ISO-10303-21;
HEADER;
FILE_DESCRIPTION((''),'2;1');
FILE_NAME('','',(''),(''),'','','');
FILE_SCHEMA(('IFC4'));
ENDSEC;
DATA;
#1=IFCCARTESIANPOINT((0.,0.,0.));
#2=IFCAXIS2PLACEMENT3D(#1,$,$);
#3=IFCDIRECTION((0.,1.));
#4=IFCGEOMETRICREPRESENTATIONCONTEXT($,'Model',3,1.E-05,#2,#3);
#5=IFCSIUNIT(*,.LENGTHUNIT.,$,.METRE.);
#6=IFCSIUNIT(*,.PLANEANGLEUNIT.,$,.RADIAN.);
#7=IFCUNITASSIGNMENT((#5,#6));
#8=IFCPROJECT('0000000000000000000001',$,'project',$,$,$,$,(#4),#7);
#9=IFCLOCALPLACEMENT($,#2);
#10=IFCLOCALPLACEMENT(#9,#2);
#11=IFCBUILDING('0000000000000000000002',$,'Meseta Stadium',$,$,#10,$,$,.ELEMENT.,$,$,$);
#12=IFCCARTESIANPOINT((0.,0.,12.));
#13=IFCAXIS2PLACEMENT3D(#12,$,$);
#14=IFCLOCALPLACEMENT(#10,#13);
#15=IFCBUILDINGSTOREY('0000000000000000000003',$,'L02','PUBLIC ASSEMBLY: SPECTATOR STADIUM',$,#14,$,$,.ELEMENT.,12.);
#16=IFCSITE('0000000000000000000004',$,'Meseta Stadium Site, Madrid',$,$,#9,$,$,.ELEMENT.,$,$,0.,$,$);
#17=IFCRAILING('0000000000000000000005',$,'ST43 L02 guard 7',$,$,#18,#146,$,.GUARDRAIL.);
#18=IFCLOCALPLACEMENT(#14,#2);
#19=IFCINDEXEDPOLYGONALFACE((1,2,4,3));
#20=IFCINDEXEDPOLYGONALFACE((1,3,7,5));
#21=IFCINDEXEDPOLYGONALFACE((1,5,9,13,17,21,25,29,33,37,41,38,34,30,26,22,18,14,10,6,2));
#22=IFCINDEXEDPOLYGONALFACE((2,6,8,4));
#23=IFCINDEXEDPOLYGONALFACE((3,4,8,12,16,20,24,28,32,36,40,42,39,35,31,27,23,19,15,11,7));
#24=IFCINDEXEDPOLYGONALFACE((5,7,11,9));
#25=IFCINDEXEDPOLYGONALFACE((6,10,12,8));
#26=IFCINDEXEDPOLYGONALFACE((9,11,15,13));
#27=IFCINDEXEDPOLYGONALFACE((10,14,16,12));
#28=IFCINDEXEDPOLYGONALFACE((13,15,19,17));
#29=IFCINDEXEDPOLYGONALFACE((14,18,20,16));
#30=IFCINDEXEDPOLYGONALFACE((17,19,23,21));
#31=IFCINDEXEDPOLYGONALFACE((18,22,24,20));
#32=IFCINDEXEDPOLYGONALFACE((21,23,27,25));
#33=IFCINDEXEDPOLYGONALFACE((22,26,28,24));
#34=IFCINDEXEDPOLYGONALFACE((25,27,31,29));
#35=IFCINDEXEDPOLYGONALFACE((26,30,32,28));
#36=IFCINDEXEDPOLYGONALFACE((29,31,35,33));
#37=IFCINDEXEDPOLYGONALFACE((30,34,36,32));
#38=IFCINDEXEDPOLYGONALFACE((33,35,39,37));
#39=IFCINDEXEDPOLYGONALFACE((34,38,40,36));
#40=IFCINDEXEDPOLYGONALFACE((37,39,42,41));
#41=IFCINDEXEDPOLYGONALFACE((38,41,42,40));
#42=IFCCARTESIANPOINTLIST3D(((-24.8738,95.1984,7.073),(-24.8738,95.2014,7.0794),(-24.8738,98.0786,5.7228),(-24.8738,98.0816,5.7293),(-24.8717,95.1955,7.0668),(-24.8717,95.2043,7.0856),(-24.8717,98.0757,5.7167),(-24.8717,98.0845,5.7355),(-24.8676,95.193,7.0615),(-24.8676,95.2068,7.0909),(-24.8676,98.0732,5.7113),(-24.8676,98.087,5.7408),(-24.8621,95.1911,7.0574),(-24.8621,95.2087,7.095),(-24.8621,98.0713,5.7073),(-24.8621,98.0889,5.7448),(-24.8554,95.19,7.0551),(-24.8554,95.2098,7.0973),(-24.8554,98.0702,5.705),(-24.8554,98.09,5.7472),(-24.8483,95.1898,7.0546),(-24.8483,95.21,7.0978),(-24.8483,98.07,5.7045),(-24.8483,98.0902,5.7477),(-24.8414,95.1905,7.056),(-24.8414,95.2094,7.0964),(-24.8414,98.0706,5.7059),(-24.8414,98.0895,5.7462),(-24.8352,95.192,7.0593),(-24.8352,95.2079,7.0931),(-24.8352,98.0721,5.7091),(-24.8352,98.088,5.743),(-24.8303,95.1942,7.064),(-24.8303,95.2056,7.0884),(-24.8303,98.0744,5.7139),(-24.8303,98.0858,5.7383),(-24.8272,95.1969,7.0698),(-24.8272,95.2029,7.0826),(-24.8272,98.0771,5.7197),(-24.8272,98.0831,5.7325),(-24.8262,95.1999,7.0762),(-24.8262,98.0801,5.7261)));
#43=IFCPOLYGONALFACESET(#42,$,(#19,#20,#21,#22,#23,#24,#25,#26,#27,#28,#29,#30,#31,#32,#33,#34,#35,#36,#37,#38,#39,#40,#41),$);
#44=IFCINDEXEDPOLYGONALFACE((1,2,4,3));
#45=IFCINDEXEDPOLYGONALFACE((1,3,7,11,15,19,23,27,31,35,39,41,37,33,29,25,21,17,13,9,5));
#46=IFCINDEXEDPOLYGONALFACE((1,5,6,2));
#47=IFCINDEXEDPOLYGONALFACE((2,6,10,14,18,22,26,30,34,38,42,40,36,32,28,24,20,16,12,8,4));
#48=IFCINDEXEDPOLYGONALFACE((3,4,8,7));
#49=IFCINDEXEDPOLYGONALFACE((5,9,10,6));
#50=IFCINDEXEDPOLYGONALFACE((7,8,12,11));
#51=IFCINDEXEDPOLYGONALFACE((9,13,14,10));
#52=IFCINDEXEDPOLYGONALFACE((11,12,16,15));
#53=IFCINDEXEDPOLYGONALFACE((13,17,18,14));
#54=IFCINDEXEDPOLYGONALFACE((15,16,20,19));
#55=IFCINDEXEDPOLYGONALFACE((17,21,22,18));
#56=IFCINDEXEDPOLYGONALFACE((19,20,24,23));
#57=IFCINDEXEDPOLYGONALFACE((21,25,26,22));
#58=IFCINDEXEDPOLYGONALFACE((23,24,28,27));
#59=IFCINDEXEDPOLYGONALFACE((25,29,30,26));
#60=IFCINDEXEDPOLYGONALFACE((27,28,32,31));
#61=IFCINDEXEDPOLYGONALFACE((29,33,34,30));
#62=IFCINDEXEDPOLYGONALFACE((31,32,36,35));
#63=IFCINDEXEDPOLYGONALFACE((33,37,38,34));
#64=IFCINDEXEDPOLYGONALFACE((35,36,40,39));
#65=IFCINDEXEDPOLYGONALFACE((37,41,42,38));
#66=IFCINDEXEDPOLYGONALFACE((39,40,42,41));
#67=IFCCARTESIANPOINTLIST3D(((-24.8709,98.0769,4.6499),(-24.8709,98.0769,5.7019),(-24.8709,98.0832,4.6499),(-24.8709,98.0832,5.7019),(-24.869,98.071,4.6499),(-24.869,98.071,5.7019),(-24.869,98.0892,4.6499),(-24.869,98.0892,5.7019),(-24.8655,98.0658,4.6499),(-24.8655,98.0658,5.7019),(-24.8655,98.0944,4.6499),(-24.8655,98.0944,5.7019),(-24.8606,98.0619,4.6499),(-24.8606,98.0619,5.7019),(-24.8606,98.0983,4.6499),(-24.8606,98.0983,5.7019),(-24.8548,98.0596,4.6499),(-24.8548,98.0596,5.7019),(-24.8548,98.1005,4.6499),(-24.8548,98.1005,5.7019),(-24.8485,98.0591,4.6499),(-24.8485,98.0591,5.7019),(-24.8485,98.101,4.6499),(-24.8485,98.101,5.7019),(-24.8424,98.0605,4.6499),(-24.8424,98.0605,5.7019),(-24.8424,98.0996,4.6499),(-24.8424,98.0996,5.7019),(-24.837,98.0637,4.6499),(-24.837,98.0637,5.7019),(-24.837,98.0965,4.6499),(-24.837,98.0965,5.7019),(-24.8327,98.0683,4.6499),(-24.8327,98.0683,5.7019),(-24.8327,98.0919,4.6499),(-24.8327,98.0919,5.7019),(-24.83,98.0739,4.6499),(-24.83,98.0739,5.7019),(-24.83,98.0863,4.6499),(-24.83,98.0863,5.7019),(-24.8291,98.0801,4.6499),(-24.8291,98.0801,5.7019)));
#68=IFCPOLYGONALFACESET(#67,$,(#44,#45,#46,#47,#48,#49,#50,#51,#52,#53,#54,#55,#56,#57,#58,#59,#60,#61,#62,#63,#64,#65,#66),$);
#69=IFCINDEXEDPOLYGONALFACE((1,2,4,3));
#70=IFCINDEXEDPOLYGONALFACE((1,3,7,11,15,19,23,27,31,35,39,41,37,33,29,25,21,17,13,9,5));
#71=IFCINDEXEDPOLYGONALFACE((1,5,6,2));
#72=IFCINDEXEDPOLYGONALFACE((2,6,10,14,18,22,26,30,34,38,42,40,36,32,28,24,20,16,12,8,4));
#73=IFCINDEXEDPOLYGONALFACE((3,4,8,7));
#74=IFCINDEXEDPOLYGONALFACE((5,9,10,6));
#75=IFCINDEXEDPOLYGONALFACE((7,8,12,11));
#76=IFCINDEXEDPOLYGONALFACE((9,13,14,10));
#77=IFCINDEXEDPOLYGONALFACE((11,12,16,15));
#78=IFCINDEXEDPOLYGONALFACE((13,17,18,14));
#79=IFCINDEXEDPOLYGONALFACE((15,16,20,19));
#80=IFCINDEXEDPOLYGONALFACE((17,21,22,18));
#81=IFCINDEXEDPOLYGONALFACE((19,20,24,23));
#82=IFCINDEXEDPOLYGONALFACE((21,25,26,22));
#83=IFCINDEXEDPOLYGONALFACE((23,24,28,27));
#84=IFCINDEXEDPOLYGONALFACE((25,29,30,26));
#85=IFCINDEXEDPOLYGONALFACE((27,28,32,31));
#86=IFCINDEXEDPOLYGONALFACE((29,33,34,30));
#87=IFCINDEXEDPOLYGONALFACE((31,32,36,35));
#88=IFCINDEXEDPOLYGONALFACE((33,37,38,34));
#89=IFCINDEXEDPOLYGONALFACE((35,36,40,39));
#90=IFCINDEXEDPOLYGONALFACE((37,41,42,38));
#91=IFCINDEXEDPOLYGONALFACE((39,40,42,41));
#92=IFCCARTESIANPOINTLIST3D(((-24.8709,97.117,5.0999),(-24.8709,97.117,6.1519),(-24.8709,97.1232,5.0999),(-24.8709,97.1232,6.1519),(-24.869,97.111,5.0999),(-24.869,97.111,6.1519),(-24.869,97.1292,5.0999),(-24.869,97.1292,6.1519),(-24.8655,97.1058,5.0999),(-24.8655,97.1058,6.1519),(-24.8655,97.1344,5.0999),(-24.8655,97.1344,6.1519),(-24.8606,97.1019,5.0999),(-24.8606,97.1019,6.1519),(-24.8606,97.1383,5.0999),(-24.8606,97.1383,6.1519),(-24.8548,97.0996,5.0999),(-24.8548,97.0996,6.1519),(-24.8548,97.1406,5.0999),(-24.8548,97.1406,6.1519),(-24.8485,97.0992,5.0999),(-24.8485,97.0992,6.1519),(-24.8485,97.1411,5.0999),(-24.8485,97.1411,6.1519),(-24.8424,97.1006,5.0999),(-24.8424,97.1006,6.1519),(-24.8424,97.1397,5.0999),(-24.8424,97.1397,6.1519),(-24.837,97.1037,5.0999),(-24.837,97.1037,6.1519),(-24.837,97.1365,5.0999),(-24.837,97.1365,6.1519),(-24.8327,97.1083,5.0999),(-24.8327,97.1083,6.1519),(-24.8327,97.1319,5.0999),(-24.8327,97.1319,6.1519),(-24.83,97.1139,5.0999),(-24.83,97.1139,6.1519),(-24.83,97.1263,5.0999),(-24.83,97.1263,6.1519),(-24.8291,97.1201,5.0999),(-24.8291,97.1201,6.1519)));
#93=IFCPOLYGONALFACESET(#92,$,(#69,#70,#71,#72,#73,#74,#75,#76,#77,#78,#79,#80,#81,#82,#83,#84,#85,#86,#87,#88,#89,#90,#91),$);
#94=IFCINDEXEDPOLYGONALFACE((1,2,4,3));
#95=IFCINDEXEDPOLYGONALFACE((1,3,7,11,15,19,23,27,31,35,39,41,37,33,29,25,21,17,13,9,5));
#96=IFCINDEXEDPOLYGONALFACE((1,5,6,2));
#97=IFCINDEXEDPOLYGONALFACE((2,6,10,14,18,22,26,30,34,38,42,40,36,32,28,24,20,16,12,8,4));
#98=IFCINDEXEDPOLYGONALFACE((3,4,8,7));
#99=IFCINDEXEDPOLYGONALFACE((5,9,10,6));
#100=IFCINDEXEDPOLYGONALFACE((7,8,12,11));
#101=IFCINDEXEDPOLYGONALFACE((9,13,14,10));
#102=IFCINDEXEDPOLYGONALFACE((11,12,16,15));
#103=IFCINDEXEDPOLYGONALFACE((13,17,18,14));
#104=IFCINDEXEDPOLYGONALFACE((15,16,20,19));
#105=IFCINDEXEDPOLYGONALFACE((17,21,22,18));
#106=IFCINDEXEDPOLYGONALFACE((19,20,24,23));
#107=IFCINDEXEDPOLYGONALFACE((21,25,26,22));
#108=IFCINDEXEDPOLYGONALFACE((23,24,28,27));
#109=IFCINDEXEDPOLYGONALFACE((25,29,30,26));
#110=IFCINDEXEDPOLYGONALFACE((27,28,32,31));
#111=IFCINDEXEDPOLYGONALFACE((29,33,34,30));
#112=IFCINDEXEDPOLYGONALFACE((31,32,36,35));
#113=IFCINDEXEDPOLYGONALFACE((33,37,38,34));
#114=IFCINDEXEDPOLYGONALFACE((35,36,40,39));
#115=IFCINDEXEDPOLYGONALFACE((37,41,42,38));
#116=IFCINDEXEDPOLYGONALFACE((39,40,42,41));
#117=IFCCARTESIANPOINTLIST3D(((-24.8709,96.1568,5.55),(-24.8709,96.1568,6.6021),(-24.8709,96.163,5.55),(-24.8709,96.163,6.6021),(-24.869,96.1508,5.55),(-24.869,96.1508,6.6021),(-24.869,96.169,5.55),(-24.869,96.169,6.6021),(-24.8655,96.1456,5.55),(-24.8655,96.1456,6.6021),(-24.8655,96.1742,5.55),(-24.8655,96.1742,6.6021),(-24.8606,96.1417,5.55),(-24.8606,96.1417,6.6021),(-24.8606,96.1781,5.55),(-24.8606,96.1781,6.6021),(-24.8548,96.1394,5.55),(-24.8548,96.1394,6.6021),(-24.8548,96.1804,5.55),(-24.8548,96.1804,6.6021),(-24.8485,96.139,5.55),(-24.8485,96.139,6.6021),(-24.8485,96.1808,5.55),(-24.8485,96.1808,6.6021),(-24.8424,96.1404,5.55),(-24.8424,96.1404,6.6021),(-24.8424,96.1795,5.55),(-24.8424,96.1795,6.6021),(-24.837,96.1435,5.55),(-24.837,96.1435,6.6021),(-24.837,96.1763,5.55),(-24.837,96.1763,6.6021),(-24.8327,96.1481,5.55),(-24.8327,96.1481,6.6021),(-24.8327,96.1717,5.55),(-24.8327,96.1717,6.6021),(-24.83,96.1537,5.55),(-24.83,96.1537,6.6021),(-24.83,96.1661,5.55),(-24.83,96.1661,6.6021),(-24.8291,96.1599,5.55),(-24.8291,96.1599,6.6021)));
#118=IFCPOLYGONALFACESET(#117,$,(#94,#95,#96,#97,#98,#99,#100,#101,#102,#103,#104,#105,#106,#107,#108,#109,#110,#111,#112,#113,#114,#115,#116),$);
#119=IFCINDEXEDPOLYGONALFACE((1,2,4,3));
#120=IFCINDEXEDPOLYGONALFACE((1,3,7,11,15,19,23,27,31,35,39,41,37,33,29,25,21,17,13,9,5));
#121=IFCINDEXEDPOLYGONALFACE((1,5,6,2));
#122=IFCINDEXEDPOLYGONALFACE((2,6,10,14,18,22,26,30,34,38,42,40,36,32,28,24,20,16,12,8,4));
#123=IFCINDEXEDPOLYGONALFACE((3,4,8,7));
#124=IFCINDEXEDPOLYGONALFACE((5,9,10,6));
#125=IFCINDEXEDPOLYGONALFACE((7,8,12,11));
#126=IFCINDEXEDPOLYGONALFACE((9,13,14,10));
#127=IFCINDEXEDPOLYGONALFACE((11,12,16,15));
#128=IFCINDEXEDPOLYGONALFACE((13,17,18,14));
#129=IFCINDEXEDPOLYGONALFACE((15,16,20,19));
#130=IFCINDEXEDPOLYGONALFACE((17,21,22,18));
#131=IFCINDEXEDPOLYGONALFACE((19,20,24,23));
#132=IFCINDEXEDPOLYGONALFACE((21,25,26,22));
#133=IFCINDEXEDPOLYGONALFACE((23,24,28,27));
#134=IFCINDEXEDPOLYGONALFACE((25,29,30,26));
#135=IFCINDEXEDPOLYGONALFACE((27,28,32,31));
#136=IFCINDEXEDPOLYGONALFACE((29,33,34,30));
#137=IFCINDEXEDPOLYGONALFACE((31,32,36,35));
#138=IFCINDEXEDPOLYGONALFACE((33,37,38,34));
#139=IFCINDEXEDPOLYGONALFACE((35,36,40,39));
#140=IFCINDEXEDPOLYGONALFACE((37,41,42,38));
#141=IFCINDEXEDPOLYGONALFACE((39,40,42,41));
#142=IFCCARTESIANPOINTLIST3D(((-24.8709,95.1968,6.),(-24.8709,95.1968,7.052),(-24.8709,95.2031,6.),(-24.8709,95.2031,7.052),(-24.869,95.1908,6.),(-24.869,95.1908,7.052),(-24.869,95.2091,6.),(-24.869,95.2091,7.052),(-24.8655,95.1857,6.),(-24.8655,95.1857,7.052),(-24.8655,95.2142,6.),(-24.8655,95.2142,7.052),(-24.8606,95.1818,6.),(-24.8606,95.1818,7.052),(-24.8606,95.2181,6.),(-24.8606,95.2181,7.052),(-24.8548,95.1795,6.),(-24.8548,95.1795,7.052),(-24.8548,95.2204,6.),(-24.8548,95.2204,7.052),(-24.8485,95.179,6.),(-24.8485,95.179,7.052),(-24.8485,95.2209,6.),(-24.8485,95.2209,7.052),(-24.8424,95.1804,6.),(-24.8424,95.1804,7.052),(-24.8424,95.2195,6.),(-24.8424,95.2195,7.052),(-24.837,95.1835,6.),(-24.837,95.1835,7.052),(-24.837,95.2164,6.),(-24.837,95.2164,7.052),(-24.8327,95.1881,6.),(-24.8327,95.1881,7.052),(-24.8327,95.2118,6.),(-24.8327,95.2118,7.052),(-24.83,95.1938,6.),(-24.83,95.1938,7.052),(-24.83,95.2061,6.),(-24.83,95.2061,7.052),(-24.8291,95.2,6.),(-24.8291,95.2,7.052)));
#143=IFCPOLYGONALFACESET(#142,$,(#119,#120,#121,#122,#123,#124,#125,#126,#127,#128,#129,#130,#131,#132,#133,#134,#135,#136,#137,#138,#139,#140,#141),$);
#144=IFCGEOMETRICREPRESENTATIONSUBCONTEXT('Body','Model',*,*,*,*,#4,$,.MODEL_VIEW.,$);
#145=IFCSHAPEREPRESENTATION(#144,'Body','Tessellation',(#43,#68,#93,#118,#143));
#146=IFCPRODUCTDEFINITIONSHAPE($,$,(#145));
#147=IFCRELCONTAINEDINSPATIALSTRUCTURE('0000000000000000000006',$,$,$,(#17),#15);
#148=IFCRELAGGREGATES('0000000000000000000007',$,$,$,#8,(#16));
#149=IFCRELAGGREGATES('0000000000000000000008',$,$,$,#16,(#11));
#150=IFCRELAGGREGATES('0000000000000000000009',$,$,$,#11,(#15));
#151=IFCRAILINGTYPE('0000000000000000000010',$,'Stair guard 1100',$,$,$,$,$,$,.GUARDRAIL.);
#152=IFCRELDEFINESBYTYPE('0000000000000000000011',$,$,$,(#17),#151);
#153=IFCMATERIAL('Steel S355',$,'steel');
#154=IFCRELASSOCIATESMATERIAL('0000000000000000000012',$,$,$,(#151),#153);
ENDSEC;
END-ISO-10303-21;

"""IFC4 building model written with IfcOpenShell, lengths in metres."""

from ifc_helpers import new_model, si_unit, direction, frame, origin, origin_2d, place, context, subcontext, project, spatial, circle, extrude, material, type_object, element, save


model = new_model("IFC4")

# Units and contexts
model_context = context("Model", 3, precision=1e-05, world=origin(), true_north=direction((0.0, 1.0)))
body_context = subcontext(model_context, "Body", "Model", "MODEL_VIEW")
ifc_project = project(units=[si_unit("LENGTHUNIT", "METRE"), si_unit("PLANEANGLEUNIT", "RADIAN")], contexts=[model_context])

# Site, building, storey
site_placement = place(None, origin())
site = spatial("IfcSite", under=ifc_project, at=site_placement, Name="Meseta Stadium Site, Madrid", CompositionType="ELEMENT", RefElevation=0.0)
building_placement = place(site_placement, origin())
building = spatial("IfcBuilding", under=site, at=building_placement, Name="Meseta Stadium", CompositionType="ELEMENT")
storey_placement = place(building_placement, frame((0.0, 0.0, 12.0)))
storey = spatial("IfcBuildingStorey", under=building, at=storey_placement, Name="L02", Description="PUBLIC ASSEMBLY: SPECTATOR STADIUM", CompositionType="ELEMENT", Elevation=12.0)

# Railing
ifc_material_1 = material(Name="Steel S355", Category="steel")
railing_type_1 = type_object("IfcRailingType", Name="Stair guard 1100", PredefinedType="GUARDRAIL", material=ifc_material_1)
railing_1_placement = place(storey_placement, frame((-24.8501, 98.0801, 4.6499)))
element("IfcRailing", 1, at=railing_1_placement, inside=storey, type_object=railing_type_1, Name="ST43 L02 guard 7", PredefinedType="GUARDRAIL", context=body_context, shape_type="SweptSolid", body=[
    extrude(circle(Radius=0.0239, at=origin_2d()), frame((0.0, 0.0, 1.0762), z_axis=(0.0, -0.905454, 0.424444), x_axis=(1.0, 0.0, 0.0)), (0.0, 0.0, 1.0), 3.1809),
    extrude(circle(Radius=0.021, at=origin_2d()), origin(), (0.0, 0.0, 1.0), 1.052),
    extrude(circle(Radius=0.021, at=origin_2d()), frame((0.0, -0.96, 0.45)), (0.0, 0.0, 1.0), 1.052),
    extrude(circle(Radius=0.021, at=origin_2d()), frame((0.0, -1.9202, 0.9001)), (0.0, 0.0, 1.0), 1.052),
    extrude(circle(Radius=0.021, at=origin_2d()), frame((0.0, -2.8801, 1.3501)), (0.0, 0.0, 1.0), 1.052),
])

save(model, "model.ifc")
